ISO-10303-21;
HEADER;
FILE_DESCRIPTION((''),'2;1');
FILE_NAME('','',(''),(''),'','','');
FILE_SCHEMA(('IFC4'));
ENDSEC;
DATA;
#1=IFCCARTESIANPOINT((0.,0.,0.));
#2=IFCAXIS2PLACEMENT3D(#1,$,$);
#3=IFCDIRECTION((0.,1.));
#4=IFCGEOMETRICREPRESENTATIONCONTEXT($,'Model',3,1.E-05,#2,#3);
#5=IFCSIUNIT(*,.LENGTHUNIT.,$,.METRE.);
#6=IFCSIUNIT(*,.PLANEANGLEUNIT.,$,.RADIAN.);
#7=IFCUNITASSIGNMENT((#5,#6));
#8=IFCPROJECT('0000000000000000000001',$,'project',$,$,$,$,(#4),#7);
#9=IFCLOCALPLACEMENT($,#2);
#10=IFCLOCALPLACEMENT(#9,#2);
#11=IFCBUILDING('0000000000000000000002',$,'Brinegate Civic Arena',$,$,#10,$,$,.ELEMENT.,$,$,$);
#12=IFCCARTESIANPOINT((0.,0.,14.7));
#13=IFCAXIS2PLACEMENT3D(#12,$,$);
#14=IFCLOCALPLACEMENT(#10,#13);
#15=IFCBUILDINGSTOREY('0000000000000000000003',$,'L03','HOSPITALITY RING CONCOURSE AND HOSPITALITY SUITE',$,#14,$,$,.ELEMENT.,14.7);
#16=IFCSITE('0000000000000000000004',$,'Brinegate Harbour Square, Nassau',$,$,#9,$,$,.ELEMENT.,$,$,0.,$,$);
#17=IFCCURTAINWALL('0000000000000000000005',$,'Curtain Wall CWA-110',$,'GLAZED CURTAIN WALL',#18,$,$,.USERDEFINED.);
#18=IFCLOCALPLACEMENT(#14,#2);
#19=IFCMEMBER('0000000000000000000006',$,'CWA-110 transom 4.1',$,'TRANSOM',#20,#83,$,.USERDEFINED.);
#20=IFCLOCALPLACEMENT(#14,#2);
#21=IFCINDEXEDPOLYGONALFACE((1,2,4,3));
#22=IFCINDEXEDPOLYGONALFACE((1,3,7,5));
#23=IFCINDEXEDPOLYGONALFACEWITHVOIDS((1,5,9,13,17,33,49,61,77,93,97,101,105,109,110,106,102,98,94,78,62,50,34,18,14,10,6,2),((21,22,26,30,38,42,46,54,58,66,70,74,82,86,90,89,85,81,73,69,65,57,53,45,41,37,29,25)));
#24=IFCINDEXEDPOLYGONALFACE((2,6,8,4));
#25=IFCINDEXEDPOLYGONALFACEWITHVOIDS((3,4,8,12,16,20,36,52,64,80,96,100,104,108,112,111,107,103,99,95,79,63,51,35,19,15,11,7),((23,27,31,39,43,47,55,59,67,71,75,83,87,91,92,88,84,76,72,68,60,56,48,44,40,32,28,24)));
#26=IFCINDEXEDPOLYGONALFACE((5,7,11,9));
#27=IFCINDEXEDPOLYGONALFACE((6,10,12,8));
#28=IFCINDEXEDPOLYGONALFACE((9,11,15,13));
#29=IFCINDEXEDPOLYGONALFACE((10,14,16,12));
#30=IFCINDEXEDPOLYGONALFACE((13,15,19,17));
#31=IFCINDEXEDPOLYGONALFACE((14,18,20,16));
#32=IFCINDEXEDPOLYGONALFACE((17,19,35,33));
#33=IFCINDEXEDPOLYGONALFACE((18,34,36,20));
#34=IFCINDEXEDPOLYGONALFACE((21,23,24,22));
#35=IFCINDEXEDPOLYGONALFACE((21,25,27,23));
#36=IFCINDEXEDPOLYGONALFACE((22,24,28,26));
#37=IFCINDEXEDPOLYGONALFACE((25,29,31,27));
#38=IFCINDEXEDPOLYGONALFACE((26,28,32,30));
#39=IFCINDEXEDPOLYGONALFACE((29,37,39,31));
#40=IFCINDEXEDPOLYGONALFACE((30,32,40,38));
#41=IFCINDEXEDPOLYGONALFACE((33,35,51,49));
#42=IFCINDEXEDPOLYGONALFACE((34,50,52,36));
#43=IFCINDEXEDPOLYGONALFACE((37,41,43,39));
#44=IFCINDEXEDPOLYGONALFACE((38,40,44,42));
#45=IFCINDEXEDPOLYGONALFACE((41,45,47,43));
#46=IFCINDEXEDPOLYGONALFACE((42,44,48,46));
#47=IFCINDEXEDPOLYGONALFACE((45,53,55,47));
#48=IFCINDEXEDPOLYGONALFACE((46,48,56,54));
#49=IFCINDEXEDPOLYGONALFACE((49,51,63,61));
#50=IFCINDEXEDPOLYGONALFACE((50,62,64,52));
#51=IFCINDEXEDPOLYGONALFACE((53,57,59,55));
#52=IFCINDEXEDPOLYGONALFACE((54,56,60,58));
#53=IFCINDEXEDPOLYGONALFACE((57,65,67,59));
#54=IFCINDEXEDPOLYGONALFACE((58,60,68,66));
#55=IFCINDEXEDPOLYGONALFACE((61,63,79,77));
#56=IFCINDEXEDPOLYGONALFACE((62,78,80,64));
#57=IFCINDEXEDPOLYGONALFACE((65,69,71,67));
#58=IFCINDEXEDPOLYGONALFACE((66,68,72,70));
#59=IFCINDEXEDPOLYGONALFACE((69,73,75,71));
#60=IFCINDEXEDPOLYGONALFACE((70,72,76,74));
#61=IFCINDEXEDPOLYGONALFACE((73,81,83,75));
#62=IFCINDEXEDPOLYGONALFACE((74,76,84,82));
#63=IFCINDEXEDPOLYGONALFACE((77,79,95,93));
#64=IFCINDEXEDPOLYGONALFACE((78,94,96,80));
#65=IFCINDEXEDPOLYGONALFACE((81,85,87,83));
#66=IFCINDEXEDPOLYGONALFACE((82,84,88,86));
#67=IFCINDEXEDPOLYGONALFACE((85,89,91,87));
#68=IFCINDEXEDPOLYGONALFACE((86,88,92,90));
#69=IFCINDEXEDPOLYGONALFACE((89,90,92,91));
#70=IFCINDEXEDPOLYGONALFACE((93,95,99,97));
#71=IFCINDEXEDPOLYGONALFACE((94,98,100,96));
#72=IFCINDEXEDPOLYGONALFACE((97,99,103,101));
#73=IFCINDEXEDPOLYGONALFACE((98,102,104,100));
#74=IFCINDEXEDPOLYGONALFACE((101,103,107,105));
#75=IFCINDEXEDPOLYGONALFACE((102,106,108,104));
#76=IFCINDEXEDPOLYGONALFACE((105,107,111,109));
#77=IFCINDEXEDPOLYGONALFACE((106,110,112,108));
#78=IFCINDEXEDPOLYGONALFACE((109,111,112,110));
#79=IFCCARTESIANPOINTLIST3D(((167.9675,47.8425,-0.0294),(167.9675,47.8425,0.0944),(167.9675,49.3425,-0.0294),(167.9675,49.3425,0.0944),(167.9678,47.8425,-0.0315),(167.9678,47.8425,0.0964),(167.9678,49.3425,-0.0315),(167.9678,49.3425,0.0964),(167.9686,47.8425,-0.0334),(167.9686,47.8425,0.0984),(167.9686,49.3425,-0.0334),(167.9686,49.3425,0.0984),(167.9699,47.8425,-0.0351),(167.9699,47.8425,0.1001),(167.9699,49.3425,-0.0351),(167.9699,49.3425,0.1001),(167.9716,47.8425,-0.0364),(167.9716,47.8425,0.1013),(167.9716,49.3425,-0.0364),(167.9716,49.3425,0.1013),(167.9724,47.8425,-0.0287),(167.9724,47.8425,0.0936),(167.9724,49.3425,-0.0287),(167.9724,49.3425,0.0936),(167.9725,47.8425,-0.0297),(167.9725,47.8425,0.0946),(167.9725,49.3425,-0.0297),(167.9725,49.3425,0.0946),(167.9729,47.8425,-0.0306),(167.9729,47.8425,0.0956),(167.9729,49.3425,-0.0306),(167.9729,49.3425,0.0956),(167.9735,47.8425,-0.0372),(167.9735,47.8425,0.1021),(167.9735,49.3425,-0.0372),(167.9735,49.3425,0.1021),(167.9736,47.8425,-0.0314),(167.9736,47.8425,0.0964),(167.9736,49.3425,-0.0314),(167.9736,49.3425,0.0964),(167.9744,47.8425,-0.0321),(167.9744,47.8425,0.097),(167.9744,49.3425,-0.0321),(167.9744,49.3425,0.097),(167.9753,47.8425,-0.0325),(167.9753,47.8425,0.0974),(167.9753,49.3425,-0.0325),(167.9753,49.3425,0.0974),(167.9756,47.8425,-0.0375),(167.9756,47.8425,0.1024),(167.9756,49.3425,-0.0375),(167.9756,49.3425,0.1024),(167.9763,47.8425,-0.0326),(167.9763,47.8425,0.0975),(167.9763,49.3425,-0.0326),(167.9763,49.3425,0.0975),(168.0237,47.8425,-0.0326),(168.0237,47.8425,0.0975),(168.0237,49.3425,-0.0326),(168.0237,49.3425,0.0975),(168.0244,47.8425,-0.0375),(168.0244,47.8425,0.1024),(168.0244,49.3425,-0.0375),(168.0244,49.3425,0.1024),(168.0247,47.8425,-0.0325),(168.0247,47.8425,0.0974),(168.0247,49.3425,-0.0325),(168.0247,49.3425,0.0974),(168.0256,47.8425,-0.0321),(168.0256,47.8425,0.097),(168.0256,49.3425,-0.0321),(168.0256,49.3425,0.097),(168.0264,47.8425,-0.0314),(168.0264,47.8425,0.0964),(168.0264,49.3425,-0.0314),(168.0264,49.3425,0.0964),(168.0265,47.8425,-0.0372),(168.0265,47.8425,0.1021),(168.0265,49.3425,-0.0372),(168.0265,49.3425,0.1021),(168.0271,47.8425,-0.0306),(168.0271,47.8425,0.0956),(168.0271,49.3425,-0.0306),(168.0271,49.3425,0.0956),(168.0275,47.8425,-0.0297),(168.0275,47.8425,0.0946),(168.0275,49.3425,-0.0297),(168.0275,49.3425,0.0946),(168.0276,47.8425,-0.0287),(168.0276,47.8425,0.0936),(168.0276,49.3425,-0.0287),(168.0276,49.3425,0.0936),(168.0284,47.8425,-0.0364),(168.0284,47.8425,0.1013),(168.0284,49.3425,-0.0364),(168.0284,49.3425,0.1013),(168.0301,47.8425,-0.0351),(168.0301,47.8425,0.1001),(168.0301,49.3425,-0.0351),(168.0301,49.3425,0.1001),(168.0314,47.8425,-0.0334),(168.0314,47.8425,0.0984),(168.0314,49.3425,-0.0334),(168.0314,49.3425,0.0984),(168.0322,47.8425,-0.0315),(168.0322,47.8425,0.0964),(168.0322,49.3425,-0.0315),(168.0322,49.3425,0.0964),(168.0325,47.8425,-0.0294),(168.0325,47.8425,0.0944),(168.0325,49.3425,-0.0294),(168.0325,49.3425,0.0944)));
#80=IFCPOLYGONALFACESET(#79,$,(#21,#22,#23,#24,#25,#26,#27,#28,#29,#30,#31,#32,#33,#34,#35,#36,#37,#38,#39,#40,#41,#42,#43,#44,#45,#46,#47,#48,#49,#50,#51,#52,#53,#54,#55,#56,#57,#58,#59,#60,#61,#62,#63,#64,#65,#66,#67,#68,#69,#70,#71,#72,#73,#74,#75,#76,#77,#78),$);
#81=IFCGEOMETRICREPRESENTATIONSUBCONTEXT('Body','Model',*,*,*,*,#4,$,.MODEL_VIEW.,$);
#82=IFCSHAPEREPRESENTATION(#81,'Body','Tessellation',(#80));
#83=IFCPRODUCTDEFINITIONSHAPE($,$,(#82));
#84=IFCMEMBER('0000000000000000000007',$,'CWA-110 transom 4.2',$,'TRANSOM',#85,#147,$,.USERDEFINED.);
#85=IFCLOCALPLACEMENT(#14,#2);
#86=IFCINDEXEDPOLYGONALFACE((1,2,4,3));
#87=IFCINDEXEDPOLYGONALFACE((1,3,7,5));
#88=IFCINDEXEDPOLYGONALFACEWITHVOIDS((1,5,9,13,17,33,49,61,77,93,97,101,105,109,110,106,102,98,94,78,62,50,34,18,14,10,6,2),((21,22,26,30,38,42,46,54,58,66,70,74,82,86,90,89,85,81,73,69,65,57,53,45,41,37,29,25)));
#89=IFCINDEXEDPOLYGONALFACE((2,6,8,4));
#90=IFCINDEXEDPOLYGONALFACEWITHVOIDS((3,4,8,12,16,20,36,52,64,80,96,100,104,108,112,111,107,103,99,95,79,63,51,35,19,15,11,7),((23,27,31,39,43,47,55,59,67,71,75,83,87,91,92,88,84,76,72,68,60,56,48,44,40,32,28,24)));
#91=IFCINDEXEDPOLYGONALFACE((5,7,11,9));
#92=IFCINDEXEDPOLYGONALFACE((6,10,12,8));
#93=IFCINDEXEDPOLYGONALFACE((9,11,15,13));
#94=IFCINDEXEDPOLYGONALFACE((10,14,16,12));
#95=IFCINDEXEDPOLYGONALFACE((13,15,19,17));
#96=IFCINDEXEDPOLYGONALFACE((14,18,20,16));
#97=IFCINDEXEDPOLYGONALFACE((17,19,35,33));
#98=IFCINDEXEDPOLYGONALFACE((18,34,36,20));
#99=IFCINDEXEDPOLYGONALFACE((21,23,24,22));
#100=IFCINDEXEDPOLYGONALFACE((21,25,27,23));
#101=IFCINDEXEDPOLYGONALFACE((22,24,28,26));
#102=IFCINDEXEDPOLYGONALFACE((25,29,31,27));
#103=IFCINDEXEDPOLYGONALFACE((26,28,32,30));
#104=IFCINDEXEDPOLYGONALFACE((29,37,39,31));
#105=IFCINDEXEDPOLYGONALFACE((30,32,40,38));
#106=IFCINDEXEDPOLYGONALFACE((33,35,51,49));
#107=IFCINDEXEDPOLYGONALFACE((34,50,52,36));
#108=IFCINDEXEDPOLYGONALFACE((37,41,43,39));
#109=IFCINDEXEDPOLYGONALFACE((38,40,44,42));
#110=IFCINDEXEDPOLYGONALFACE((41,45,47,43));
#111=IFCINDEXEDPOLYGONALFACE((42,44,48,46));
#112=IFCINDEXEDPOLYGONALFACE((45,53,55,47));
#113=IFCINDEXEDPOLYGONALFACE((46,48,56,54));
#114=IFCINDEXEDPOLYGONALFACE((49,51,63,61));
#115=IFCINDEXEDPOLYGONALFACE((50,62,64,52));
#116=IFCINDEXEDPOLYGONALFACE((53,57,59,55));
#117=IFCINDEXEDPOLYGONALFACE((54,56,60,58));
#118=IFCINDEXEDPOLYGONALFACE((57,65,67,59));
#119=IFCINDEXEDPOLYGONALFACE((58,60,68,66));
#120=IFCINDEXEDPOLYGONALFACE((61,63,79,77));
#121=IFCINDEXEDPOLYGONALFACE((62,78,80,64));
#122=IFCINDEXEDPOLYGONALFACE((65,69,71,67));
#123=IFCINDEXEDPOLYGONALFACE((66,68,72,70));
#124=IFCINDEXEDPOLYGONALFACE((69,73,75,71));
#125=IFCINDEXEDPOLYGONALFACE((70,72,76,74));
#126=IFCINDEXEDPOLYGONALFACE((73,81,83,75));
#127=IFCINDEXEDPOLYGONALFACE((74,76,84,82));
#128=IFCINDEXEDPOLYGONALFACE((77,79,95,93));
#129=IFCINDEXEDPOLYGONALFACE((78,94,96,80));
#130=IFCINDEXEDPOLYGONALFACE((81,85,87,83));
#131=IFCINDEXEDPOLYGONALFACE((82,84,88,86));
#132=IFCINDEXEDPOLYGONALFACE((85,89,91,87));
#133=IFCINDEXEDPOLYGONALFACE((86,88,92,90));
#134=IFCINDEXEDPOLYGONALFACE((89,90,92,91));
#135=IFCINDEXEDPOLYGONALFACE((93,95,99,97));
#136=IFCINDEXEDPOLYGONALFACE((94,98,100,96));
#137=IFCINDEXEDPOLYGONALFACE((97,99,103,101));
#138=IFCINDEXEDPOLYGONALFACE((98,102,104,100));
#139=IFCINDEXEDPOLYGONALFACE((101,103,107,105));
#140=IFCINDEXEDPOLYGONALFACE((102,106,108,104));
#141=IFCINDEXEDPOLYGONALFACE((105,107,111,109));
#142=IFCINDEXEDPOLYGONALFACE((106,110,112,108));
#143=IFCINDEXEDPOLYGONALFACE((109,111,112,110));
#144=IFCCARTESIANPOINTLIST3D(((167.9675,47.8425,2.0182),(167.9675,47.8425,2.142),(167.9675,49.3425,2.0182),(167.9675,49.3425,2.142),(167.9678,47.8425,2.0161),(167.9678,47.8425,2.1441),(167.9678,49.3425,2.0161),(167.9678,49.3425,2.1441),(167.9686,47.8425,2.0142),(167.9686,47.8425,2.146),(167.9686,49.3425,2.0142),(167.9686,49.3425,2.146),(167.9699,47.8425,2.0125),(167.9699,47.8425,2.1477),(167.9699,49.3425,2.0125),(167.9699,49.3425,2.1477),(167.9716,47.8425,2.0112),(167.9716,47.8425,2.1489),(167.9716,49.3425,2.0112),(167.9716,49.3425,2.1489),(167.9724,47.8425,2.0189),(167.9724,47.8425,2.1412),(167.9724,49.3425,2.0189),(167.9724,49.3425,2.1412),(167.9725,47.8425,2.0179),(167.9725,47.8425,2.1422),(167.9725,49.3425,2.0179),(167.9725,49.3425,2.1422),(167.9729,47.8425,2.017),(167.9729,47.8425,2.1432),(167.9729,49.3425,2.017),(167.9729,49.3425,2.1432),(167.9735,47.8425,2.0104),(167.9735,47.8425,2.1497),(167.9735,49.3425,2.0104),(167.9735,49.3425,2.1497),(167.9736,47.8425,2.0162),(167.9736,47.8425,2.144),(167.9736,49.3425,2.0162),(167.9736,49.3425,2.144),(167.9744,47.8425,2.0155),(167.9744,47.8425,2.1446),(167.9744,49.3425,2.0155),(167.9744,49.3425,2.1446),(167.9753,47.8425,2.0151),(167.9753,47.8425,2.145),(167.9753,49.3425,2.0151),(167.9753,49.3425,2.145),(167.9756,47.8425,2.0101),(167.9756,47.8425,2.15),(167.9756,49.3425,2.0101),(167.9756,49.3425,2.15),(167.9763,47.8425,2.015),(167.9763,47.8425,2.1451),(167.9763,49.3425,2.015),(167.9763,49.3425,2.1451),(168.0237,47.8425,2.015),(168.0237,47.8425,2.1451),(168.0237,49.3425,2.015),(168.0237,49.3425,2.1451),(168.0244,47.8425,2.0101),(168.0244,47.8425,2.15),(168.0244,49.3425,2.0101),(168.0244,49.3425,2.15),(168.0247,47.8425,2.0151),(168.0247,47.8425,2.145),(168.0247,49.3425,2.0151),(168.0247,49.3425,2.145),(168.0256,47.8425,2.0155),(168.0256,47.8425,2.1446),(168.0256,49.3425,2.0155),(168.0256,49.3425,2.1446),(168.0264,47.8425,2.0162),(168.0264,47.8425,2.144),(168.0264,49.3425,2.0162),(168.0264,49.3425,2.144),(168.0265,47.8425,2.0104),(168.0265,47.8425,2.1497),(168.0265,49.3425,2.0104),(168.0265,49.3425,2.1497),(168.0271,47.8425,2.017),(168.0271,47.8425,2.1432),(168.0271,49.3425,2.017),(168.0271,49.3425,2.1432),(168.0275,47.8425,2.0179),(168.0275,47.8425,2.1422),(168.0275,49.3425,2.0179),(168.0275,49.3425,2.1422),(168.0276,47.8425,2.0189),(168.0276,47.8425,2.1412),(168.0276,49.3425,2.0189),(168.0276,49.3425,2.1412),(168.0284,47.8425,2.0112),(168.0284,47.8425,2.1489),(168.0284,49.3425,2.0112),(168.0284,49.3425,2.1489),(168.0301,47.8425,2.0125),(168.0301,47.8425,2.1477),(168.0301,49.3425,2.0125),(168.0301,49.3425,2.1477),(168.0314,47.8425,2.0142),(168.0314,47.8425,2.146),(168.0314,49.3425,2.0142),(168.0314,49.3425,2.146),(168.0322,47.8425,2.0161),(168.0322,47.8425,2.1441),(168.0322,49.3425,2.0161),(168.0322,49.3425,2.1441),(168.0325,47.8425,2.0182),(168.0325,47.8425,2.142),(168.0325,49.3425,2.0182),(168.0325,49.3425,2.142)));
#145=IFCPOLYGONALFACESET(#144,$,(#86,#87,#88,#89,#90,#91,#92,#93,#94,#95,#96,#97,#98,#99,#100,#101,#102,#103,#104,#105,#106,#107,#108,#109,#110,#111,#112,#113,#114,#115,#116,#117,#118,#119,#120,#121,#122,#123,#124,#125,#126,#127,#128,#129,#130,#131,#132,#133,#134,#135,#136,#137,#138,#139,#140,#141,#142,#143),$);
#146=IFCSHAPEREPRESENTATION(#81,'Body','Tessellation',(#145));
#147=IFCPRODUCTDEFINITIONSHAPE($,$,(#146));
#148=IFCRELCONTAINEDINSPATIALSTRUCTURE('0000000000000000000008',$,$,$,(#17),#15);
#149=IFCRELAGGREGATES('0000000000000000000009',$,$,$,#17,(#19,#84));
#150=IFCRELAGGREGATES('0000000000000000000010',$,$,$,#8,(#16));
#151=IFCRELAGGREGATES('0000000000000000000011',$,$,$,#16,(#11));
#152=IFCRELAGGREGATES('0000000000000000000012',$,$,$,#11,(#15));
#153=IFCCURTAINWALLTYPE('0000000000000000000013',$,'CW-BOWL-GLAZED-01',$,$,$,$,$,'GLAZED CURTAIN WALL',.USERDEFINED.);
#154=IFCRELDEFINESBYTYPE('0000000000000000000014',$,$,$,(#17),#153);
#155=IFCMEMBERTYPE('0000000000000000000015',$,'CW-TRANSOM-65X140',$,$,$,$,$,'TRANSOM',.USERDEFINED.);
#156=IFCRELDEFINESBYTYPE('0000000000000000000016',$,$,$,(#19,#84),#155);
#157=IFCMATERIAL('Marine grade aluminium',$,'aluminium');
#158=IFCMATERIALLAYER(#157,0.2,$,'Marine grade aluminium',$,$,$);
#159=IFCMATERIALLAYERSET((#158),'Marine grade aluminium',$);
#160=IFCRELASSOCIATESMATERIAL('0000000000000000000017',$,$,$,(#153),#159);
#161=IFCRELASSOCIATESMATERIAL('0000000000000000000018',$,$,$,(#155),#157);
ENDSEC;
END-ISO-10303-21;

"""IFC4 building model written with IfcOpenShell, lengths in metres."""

from ifc_helpers import new_model, si_unit, direction, frame, origin, origin_2d, place, context, subcontext, project, spatial, hollow_rectangle, extrude, material, layer, layer_set, material_profile, profile_set, type_object, element, aggregate, save


model = new_model("IFC4")

# Units and contexts
model_context = context("Model", 3, precision=1e-05, world=origin(), true_north=direction((0.0, 1.0)))
body_context = subcontext(model_context, "Body", "Model", "MODEL_VIEW")
ifc_project = project(units=[si_unit("LENGTHUNIT", "METRE"), si_unit("PLANEANGLEUNIT", "RADIAN")], contexts=[model_context])

# Site, building, storey
site_placement = place(None, origin())
site = spatial("IfcSite", under=ifc_project, at=site_placement, Name="Brinegate Harbour Square, Nassau", CompositionType="ELEMENT", RefElevation=0.0)
building_placement = place(site_placement, origin())
building = spatial("IfcBuilding", under=site, at=building_placement, Name="Brinegate Civic Arena", CompositionType="ELEMENT")
storey_placement = place(building_placement, frame((0.0, 0.0, 14.7)))
storey = spatial("IfcBuildingStorey", under=building, at=storey_placement, Name="L03", Description="HOSPITALITY RING CONCOURSE AND HOSPITALITY SUITE", CompositionType="ELEMENT", Elevation=14.7)

# Curtain wall, members
ifc_material_1 = material(Name="Marine grade aluminium", Category="aluminium")
ifc_layer_1 = layer(ifc_material_1, 0.2, Name="Marine grade aluminium")
ifc_layer_set_1 = layer_set([ifc_layer_1], Name="Marine grade aluminium")
curtain_wall_type = type_object("IfcCurtainWallType", Name="CW-BOWL-GLAZED-01", ElementType="GLAZED CURTAIN WALL", PredefinedType="USERDEFINED", material=ifc_layer_set_1)
curtain_wall_placement = place(storey_placement, origin())
curtain_wall = element("IfcCurtainWall", 1, at=curtain_wall_placement, inside=storey, type_object=curtain_wall_type, Name="Curtain Wall CWA-110", ObjectType="GLAZED CURTAIN WALL", PredefinedType="USERDEFINED")
ifc_material_profile_1 = material_profile(ifc_material_1, hollow_rectangle(XDim=0.0649, YDim=0.1399, WallThickness=0.0049, InnerFilletRadius=0.0039, OuterFilletRadius=0.0081, at=origin_2d()), Name="TRN65X140")
ifc_profile_set_1 = profile_set([ifc_material_profile_1], Name="Marine grade aluminium")
member_type_1 = type_object("IfcMemberType", Name="CW-TRANSOM-65X140", ElementType="TRANSOM", PredefinedType="USERDEFINED", material=ifc_profile_set_1)
member_1_placement = place(storey_placement, frame((168.0, 47.8425, 0.0325), z_axis=(0.0, 1.0, 0.0), x_axis=(-1.0, 0.0, 0.0)))
member_1 = element("IfcMember", 2, at=member_1_placement, type_object=member_type_1, Name="CWA-110 transom 4.1", ObjectType="TRANSOM", PredefinedType="USERDEFINED", context=body_context, shape_type="SweptSolid", body=[
    extrude(hollow_rectangle(XDim=0.0649, YDim=0.1399, WallThickness=0.0049, InnerFilletRadius=0.0039, OuterFilletRadius=0.0081, at=origin_2d()), origin(), (0.0, 0.0, 1.0), 1.5),
])
member_2_placement = place(storey_placement, frame((168.0, 47.8425, 2.0801), z_axis=(0.0, 1.0, 0.0), x_axis=(-1.0, 0.0, 0.0)))
member_2 = element("IfcMember", 3, at=member_2_placement, type_object=member_type_1, Name="CWA-110 transom 4.2", ObjectType="TRANSOM", PredefinedType="USERDEFINED", context=body_context, shape_type="SweptSolid", body=[
    extrude(hollow_rectangle(XDim=0.0649, YDim=0.1399, WallThickness=0.0049, InnerFilletRadius=0.0039, OuterFilletRadius=0.0081, at=origin_2d()), origin(), (0.0, 0.0, 1.0), 1.5),
])
aggregate(curtain_wall, [member_1, member_2])

save(model, "model.ifc")
